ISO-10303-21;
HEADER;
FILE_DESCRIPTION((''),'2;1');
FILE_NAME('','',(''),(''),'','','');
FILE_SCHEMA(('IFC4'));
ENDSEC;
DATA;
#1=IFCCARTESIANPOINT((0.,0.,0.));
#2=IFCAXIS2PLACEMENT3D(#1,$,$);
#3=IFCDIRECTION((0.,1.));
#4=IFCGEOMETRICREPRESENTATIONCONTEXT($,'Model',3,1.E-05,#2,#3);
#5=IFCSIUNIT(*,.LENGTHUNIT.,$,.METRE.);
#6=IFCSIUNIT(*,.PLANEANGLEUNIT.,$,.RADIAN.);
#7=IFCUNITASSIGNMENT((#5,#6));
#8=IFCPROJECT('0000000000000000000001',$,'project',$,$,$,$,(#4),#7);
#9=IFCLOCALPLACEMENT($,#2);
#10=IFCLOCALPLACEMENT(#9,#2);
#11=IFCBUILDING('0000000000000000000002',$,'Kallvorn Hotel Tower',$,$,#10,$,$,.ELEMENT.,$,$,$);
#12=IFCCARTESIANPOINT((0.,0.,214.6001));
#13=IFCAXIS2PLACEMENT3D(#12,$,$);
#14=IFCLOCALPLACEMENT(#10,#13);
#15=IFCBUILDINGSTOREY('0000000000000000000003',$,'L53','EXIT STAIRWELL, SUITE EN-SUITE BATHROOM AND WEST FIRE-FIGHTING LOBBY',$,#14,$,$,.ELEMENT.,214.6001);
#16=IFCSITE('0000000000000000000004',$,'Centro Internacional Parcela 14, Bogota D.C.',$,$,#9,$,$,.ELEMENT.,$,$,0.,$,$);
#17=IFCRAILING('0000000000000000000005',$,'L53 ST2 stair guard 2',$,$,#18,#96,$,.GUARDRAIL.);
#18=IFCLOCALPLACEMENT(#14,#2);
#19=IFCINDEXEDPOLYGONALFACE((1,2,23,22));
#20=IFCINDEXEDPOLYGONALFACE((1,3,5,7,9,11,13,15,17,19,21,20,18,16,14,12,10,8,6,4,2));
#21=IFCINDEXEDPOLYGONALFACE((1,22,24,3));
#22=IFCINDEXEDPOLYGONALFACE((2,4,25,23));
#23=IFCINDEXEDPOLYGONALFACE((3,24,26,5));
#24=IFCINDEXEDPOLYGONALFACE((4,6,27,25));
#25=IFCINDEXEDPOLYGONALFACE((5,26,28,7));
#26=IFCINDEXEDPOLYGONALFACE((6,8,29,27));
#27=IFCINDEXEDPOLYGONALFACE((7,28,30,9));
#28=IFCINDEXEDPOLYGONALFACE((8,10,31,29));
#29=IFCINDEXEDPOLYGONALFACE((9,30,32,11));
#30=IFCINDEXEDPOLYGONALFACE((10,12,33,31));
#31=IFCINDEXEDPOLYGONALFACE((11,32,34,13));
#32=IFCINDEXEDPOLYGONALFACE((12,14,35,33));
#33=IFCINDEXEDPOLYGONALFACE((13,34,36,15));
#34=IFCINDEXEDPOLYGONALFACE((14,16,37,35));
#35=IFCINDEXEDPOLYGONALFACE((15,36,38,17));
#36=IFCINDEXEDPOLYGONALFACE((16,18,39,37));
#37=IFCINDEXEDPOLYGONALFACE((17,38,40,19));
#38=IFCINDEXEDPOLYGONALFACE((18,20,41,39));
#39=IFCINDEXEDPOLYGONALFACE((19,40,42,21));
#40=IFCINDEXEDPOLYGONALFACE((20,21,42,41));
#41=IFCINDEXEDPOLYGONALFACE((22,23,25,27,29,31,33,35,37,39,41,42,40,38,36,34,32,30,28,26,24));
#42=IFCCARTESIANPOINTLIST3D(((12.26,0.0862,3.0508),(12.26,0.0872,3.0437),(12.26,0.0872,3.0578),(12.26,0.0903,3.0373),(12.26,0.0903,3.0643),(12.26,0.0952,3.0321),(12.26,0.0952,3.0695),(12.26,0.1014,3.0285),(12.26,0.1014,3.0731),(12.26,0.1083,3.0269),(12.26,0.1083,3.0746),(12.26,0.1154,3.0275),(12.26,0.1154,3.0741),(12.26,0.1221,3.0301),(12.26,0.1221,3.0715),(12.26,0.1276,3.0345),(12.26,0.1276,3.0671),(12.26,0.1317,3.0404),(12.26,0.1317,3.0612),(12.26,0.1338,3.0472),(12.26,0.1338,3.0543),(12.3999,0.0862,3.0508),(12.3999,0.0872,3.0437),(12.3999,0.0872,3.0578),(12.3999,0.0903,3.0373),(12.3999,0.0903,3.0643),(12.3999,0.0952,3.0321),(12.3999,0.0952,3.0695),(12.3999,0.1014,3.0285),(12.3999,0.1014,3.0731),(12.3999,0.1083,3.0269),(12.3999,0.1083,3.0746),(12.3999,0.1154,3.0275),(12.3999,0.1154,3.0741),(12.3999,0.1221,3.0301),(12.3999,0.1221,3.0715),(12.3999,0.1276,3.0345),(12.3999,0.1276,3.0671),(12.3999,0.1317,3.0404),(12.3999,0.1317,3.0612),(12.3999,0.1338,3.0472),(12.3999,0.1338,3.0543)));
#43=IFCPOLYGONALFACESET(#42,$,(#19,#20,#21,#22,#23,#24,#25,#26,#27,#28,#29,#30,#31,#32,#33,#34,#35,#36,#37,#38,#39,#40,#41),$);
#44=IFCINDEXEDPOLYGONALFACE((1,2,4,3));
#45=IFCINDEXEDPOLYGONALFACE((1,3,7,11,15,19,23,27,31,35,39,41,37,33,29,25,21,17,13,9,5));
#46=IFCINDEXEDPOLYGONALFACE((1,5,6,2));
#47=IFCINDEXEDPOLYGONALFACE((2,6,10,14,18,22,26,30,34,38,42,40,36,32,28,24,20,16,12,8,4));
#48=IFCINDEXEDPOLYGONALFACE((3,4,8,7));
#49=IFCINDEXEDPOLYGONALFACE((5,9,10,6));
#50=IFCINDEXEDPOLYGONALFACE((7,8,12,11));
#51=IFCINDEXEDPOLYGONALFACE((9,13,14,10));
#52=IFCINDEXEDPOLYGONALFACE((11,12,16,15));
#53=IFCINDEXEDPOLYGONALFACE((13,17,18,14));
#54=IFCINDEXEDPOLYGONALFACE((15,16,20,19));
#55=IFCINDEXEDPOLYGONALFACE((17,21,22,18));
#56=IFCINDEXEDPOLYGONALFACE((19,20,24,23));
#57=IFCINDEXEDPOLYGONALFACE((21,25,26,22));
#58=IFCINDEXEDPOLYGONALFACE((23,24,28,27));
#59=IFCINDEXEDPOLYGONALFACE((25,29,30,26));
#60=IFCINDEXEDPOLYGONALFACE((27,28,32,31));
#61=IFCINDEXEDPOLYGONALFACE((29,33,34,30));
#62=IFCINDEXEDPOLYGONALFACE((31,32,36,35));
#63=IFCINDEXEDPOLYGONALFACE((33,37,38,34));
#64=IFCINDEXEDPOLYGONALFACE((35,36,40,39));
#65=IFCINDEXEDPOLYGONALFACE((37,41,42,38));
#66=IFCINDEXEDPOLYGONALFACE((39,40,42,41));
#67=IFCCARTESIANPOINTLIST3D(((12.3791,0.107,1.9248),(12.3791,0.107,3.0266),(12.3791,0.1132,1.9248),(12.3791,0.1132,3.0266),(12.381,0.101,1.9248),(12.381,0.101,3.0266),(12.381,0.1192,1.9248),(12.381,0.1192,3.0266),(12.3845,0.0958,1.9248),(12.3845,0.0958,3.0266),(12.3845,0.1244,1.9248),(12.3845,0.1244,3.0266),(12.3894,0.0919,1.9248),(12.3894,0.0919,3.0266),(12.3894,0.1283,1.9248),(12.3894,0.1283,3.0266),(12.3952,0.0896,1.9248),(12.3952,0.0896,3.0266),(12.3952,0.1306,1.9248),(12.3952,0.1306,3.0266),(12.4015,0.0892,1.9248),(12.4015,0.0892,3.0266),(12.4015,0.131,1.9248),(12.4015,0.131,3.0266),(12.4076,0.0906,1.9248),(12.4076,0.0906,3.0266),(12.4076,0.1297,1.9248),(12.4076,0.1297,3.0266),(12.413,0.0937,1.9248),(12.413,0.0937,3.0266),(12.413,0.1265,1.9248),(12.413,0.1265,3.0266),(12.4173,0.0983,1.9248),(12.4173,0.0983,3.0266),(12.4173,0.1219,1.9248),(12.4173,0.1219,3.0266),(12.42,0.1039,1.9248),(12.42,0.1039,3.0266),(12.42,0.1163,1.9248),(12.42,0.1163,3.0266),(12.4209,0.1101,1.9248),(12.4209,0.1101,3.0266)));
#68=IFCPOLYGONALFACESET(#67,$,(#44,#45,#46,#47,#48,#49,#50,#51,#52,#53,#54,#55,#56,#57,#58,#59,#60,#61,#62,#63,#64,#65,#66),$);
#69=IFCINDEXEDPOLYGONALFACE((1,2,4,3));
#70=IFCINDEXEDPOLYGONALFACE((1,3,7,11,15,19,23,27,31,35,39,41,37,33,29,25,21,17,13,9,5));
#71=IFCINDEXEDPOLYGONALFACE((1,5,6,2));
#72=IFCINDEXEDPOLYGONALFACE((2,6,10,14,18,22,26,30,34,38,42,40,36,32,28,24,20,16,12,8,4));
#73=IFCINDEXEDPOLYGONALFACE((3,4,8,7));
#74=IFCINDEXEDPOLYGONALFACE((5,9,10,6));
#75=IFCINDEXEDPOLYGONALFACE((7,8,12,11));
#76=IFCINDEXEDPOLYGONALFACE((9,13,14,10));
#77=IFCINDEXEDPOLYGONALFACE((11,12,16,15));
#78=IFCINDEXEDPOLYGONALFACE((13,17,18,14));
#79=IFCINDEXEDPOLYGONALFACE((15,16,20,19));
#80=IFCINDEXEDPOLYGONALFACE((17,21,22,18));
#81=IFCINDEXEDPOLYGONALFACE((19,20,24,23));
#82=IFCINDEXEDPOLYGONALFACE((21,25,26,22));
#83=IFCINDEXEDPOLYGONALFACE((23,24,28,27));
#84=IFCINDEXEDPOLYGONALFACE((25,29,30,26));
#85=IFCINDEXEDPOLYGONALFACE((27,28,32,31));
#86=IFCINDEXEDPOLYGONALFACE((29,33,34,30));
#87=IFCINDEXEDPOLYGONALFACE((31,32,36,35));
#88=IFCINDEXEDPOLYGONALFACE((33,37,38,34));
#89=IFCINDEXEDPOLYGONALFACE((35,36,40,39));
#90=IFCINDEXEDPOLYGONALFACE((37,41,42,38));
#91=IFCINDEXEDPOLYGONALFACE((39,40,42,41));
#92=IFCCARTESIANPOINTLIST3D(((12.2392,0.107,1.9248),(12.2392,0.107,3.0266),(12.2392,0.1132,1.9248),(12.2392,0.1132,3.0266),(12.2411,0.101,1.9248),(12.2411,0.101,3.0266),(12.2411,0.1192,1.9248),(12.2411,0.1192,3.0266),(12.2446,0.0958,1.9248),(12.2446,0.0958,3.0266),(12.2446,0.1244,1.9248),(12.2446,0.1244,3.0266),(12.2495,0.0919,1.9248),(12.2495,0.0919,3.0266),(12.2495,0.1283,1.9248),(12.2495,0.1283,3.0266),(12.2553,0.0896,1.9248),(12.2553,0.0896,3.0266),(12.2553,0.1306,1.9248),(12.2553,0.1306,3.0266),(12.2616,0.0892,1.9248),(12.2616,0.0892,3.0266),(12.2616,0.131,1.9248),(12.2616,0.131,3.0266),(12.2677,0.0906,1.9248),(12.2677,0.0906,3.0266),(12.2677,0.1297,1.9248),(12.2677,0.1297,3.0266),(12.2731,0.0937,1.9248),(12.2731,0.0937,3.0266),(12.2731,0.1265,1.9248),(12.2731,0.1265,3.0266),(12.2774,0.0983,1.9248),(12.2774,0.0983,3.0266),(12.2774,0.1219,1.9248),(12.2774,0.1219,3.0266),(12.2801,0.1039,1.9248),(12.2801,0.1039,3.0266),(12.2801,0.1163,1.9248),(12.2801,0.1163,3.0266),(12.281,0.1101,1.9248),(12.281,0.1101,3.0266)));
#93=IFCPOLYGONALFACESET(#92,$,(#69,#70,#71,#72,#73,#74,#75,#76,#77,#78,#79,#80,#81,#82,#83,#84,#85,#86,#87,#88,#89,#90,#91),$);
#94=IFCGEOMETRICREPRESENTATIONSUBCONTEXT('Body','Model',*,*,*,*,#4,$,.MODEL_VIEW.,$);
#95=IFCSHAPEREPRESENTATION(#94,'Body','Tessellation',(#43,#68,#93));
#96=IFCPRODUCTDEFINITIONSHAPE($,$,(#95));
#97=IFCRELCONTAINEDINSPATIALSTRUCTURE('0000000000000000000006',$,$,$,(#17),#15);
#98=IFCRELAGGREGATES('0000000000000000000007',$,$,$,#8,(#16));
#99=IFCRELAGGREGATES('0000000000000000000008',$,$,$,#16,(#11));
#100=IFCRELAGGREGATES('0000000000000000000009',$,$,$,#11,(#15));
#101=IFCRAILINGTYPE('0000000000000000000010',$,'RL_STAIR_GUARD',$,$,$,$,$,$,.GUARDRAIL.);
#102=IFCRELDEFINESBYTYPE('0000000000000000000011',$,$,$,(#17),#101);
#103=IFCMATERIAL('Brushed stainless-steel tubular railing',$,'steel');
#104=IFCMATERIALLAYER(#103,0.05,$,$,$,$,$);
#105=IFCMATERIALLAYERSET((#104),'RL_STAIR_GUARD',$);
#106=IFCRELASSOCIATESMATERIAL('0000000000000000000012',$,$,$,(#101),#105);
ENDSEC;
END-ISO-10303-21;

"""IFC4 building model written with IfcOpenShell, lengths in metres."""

from ifc_helpers import new_model, si_unit, direction, frame, origin, origin_2d, place, context, subcontext, project, spatial, circle, extrude, material, layer, layer_set, type_object, element, save


model = new_model("IFC4")

# Units and contexts
model_context = context("Model", 3, precision=1e-05, world=origin(), true_north=direction((0.0, 1.0)))
body_context = subcontext(model_context, "Body", "Model", "MODEL_VIEW")
ifc_project = project(units=[si_unit("LENGTHUNIT", "METRE"), si_unit("PLANEANGLEUNIT", "RADIAN")], contexts=[model_context])

# Site, building, storey
site_placement = place(None, origin())
site = spatial("IfcSite", under=ifc_project, at=site_placement, Name="Centro Internacional Parcela 14, Bogota D.C.", CompositionType="ELEMENT", RefElevation=0.0)
building_placement = place(site_placement, origin())
building = spatial("IfcBuilding", under=site, at=building_placement, Name="Kallvorn Hotel Tower", CompositionType="ELEMENT")
storey_placement = place(building_placement, frame((0.0, 0.0, 214.6001)))
storey = spatial("IfcBuildingStorey", under=building, at=storey_placement, Name="L53", Description="EXIT STAIRWELL, SUITE EN-SUITE BATHROOM AND WEST FIRE-FIGHTING LOBBY", CompositionType="ELEMENT", Elevation=214.6001)

# Railing
ifc_material_1 = material(Name="Brushed stainless-steel tubular railing", Category="steel")
ifc_layer_1 = layer(ifc_material_1, 0.05)
ifc_layer_set_1 = layer_set([ifc_layer_1], Name="RL_STAIR_GUARD")
railing_type_1 = type_object("IfcRailingType", Name="RL_STAIR_GUARD", PredefinedType="GUARDRAIL", material=ifc_layer_set_1)
railing_1_placement = place(storey_placement, frame((12.3999, 0.1101, 1.9248)))
element("IfcRailing", 1, at=railing_1_placement, inside=storey, type_object=railing_type_1, Name="L53 ST2 stair guard 2", PredefinedType="GUARDRAIL", context=body_context, shape_type="SweptSolid", body=[
    extrude(circle(Radius=0.0239, at=origin_2d()), frame((0.0, 0.0, 1.126), z_axis=(-1.0, 0.0, 0.0), x_axis=(0.0, -1.0, 0.0)), (0.0, 0.0, 1.0), 0.1399),
    extrude(circle(Radius=0.021, at=origin_2d()), origin(), (0.0, 0.0, 1.0), 1.1018),
    extrude(circle(Radius=0.021, at=origin_2d()), frame((-0.1399, 0.0, 0.0)), (0.0, 0.0, 1.0), 1.1018),
])

save(model, "model.ifc")
